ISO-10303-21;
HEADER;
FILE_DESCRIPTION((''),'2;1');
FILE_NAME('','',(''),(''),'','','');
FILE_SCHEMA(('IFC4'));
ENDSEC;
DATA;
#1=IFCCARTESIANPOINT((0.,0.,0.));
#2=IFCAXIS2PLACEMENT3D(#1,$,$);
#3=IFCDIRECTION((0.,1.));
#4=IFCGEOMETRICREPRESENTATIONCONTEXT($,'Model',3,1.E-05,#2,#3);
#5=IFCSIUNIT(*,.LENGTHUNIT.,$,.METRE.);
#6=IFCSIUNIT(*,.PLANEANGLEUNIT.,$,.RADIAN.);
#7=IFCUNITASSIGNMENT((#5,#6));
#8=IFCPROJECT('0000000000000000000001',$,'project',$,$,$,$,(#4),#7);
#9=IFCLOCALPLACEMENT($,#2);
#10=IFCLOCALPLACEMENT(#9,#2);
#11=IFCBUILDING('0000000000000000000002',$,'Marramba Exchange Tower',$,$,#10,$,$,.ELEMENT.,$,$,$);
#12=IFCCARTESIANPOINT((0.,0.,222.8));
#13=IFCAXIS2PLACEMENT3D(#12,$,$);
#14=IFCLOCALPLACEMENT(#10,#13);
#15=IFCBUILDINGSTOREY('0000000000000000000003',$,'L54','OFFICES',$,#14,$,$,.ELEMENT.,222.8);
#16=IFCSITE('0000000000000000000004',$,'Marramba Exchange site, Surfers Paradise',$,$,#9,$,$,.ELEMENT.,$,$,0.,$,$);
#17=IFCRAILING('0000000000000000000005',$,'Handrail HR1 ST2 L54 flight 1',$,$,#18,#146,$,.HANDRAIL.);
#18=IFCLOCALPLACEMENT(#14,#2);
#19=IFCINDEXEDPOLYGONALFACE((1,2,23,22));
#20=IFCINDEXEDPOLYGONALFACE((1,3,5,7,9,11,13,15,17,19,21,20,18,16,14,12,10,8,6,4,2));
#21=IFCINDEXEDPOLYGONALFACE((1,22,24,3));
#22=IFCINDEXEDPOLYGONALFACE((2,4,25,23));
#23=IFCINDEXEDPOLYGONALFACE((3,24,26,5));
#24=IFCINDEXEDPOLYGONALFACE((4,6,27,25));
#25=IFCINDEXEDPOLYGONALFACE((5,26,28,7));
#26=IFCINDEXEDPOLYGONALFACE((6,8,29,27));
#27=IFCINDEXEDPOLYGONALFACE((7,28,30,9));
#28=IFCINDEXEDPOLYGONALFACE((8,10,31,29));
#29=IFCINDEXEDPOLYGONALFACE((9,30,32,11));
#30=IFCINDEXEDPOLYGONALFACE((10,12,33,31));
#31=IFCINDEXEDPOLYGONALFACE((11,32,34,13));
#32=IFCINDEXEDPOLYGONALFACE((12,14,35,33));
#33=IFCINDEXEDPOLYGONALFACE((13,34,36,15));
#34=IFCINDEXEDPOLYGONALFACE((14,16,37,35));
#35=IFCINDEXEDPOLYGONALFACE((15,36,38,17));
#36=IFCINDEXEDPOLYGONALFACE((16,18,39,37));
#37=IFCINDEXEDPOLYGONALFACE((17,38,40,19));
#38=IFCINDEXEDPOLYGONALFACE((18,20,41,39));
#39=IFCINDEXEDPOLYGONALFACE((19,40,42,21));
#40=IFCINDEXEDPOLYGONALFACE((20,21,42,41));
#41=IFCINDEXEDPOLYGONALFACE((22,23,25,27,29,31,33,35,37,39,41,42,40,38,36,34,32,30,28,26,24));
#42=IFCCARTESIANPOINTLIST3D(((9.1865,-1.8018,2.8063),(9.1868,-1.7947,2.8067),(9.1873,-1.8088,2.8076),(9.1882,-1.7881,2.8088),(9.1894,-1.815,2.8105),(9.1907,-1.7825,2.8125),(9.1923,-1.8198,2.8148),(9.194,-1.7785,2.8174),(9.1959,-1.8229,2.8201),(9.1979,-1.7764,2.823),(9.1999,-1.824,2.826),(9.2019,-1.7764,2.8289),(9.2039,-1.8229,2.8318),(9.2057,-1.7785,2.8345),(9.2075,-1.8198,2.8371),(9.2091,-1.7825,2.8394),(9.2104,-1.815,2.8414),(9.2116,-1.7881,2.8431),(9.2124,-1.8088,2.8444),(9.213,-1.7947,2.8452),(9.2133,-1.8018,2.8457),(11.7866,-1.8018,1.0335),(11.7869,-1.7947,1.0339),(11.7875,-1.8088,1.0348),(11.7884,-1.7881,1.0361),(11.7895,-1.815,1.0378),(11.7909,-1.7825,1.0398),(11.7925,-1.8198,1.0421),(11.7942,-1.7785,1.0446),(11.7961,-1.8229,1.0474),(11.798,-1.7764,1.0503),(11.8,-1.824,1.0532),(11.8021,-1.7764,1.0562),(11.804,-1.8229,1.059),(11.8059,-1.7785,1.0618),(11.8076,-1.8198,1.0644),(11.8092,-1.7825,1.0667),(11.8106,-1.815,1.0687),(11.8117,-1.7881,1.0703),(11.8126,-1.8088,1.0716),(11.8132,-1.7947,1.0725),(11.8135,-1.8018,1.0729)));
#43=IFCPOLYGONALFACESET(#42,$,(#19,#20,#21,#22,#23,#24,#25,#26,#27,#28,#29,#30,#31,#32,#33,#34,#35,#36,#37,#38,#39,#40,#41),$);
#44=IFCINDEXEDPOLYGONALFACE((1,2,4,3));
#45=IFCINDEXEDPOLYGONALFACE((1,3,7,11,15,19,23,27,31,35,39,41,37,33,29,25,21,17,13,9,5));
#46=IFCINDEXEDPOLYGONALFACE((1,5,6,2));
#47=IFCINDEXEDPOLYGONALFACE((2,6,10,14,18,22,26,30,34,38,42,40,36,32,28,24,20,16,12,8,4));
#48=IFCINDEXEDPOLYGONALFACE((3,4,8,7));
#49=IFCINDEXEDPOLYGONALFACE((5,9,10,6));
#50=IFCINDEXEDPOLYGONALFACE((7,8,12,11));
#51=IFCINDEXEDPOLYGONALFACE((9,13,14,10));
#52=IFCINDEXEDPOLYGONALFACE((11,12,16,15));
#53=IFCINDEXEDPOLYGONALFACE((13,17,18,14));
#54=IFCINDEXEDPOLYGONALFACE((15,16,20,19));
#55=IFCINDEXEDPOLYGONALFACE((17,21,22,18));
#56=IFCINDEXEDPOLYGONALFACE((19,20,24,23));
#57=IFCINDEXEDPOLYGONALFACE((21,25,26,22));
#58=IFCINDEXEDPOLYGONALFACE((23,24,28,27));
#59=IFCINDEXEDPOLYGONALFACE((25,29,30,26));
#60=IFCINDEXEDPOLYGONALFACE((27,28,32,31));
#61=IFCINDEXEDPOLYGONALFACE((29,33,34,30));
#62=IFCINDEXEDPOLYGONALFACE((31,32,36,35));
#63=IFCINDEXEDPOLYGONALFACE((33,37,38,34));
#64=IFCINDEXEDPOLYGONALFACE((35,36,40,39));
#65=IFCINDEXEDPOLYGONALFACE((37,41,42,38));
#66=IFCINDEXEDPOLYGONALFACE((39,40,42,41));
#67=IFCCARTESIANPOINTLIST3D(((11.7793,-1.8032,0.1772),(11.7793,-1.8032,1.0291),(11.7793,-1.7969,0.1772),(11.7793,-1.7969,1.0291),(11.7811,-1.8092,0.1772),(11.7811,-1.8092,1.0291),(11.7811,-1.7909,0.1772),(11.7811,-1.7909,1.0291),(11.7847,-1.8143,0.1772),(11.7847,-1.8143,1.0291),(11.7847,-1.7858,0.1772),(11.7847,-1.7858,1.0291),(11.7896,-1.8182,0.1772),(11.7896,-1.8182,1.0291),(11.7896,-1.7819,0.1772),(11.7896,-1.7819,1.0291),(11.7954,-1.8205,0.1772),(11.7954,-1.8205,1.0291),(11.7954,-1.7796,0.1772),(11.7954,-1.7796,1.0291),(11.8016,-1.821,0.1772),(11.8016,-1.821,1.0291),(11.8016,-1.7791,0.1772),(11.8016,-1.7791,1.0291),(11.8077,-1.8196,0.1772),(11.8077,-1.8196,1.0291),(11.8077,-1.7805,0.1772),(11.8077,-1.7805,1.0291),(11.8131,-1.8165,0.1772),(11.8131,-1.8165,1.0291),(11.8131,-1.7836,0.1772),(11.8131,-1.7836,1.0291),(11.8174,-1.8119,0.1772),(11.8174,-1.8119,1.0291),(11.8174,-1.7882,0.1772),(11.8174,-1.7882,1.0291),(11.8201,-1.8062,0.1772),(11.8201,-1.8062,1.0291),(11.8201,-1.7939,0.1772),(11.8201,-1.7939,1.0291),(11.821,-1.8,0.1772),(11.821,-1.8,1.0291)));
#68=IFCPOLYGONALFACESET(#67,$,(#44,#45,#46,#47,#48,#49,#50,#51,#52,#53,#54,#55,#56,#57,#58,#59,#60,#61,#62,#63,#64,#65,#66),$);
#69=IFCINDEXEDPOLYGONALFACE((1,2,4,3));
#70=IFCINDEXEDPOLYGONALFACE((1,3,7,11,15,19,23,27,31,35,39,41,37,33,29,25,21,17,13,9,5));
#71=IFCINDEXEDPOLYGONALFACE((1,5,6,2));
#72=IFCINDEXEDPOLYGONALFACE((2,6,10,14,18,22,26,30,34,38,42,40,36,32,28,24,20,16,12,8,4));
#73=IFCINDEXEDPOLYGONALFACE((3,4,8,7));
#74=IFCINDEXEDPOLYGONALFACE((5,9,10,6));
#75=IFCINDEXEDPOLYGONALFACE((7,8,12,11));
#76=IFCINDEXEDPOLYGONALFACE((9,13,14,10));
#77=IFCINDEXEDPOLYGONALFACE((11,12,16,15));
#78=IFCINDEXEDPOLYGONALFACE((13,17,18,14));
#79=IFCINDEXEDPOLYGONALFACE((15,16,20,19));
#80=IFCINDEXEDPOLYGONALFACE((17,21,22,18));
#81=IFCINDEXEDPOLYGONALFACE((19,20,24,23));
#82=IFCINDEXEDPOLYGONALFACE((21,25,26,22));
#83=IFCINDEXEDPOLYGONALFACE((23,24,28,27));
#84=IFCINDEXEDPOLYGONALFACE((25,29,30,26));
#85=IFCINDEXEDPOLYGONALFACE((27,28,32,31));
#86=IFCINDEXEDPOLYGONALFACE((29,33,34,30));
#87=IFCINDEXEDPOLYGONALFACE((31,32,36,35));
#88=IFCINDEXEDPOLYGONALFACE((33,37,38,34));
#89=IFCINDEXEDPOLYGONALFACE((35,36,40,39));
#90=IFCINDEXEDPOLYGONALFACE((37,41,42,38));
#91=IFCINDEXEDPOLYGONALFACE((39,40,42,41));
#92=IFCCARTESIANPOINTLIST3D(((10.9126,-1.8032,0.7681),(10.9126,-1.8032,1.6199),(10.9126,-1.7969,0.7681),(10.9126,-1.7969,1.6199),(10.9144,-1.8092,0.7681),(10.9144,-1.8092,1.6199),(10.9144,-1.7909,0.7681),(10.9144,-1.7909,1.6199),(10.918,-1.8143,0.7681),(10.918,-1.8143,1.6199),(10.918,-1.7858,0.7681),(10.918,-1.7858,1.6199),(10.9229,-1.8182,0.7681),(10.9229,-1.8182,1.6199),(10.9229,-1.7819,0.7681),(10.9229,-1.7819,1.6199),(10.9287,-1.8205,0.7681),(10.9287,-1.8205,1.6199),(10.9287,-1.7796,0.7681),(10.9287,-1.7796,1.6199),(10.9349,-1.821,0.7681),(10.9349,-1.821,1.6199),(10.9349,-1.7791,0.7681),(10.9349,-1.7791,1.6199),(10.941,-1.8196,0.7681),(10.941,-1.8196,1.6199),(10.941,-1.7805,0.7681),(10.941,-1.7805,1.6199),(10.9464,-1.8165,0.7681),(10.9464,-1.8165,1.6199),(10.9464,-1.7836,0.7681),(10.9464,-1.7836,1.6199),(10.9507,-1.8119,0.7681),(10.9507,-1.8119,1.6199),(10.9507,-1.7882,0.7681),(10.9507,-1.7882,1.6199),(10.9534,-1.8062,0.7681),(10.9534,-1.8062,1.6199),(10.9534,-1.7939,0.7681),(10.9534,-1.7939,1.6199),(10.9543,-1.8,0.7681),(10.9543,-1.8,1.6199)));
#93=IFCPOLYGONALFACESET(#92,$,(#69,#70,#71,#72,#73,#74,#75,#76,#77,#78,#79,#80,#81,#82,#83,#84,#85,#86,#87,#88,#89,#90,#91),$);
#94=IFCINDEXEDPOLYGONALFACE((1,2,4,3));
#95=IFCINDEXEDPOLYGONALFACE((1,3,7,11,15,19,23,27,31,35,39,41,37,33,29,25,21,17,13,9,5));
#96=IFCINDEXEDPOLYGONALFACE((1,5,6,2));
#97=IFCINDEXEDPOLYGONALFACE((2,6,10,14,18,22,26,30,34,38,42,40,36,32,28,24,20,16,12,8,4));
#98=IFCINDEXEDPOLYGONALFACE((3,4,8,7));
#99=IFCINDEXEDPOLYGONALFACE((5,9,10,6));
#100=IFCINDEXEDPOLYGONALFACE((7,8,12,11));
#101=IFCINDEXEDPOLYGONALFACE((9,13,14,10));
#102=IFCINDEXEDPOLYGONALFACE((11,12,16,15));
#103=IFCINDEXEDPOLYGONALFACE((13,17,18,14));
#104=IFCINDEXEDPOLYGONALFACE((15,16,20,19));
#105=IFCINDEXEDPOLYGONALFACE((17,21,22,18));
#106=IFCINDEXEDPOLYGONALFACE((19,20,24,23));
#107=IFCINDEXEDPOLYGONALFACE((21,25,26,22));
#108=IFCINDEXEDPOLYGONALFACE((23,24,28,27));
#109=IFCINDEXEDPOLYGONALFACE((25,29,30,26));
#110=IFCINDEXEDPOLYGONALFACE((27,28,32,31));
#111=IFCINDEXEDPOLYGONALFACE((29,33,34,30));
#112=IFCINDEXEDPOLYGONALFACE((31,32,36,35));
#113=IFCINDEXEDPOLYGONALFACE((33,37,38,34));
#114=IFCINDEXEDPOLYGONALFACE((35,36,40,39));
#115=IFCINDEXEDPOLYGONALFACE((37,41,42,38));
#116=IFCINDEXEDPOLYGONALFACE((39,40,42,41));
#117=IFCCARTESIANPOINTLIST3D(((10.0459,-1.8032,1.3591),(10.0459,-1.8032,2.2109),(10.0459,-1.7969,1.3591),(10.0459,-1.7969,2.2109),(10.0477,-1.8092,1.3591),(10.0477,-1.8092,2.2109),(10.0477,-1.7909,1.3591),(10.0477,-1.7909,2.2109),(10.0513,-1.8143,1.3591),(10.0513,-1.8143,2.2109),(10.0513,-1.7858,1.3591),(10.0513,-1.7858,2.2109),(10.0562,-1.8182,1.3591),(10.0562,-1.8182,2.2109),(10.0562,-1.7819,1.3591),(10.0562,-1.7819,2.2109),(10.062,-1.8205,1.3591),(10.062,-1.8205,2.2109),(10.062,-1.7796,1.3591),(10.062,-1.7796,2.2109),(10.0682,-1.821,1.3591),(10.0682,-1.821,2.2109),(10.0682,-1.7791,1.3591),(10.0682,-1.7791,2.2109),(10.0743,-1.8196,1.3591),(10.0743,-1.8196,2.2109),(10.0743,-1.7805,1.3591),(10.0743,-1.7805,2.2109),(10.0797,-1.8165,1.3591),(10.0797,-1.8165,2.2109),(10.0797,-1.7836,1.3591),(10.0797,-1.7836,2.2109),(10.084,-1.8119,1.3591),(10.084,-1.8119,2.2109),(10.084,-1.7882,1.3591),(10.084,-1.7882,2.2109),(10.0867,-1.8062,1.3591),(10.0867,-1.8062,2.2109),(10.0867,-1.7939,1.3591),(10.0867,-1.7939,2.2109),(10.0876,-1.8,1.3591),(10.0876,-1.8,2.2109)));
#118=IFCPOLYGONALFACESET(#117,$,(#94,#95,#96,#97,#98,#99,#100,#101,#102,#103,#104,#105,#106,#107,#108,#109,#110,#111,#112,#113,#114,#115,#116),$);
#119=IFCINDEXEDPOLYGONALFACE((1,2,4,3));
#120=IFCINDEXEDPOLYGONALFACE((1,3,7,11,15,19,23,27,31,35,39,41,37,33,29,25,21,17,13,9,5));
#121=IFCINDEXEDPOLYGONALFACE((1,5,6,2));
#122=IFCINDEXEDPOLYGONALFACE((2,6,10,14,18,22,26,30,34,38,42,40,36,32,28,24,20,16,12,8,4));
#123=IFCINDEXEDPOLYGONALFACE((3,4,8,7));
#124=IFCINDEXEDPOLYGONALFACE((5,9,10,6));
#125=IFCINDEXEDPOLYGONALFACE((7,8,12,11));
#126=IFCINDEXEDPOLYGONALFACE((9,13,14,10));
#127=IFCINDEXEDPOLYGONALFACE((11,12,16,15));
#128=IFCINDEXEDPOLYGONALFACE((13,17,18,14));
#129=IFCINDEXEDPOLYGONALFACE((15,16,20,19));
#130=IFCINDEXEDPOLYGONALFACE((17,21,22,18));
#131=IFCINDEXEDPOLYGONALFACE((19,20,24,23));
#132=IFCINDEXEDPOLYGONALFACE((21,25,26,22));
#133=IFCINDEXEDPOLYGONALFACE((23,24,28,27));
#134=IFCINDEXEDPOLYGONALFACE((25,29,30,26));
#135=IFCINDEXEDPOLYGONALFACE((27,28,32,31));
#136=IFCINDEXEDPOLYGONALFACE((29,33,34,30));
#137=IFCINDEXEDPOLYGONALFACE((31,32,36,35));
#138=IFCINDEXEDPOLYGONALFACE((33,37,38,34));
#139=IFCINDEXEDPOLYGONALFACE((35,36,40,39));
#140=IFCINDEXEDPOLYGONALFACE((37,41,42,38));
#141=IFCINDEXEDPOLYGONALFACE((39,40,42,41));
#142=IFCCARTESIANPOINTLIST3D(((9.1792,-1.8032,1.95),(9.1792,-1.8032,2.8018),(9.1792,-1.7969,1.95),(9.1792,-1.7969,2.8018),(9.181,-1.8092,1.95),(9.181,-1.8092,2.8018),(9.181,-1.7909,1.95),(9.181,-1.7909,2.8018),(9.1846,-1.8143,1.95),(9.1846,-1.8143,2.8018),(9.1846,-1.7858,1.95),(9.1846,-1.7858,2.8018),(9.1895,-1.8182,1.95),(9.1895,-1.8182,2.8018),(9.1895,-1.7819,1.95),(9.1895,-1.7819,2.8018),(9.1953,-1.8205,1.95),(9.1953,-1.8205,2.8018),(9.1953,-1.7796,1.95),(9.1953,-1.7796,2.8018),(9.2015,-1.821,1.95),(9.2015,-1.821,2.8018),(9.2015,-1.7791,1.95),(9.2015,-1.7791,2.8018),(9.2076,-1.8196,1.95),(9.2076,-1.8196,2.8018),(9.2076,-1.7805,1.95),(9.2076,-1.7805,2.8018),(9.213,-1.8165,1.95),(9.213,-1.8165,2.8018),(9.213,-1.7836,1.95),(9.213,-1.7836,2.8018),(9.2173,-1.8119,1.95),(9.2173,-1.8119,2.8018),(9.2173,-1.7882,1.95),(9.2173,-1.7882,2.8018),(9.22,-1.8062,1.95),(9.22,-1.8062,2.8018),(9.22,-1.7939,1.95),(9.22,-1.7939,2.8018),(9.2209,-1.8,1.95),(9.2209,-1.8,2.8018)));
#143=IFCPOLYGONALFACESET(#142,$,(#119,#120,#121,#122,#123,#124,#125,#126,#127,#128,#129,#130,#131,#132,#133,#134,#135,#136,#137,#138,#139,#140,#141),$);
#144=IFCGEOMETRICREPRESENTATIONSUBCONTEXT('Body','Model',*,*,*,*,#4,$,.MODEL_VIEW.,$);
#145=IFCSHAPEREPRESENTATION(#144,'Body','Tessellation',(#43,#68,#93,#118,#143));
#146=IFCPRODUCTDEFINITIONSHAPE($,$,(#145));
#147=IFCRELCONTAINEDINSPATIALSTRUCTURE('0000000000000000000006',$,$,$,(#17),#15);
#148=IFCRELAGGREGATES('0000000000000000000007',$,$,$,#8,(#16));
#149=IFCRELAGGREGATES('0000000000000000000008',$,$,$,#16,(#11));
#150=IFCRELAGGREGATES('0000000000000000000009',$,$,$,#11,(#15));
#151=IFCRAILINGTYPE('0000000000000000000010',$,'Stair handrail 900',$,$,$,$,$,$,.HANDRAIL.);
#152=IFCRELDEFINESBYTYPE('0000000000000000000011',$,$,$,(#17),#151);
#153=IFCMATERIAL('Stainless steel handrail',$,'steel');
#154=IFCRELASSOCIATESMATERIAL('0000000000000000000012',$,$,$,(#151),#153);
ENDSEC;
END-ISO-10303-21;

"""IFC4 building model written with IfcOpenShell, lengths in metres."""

from ifc_helpers import new_model, si_unit, direction, frame, origin, origin_2d, place, context, subcontext, project, spatial, circle, extrude, material, type_object, element, save


model = new_model("IFC4")

# Units and contexts
model_context = context("Model", 3, precision=1e-05, world=origin(), true_north=direction((0.0, 1.0)))
body_context = subcontext(model_context, "Body", "Model", "MODEL_VIEW")
ifc_project = project(units=[si_unit("LENGTHUNIT", "METRE"), si_unit("PLANEANGLEUNIT", "RADIAN")], contexts=[model_context])

# Site, building, storey
site_placement = place(None, origin())
site = spatial("IfcSite", under=ifc_project, at=site_placement, Name="Marramba Exchange site, Surfers Paradise", CompositionType="ELEMENT", RefElevation=0.0)
building_placement = place(site_placement, origin())
building = spatial("IfcBuilding", under=site, at=building_placement, Name="Marramba Exchange Tower", CompositionType="ELEMENT")
storey_placement = place(building_placement, frame((0.0, 0.0, 222.8)))
storey = spatial("IfcBuildingStorey", under=building, at=storey_placement, Name="L54", Description="OFFICES", CompositionType="ELEMENT", Elevation=222.8)

# Railing
ifc_material_1 = material(Name="Stainless steel handrail", Category="steel")
railing_type = type_object("IfcRailingType", Name="Stair handrail 900", PredefinedType="HANDRAIL", material=ifc_material_1)
railing_placement = place(storey_placement, frame((11.8, -1.8, 0.1772)))
element("IfcRailing", 1, at=railing_placement, inside=storey, type_object=railing_type, Name="Handrail HR1 ST2 L54 flight 1", PredefinedType="HANDRAIL", context=body_context, shape_type="SweptSolid", body=[
    extrude(circle(Radius=0.0239, at=origin_2d()), frame((0.0, 0.0, 0.876), z_axis=(-0.82624, 0.0, 0.563318), x_axis=(0.0, -1.0, 0.0)), (0.0, 0.0, 1.0), 3.147),
    extrude(circle(Radius=0.021, at=origin_2d()), origin(), (0.0, 0.0, 1.0), 0.8518),
    extrude(circle(Radius=0.021, at=origin_2d()), frame((-0.8667, 0.0, 0.5908)), (0.0, 0.0, 1.0), 0.8518),
    extrude(circle(Radius=0.021, at=origin_2d()), frame((-1.7334, 0.0, 1.1819)), (0.0, 0.0, 1.0), 0.8518),
    extrude(circle(Radius=0.021, at=origin_2d()), frame((-2.6001, 0.0, 1.7727)), (0.0, 0.0, 1.0), 0.8518),
])

save(model, "model.ifc")
